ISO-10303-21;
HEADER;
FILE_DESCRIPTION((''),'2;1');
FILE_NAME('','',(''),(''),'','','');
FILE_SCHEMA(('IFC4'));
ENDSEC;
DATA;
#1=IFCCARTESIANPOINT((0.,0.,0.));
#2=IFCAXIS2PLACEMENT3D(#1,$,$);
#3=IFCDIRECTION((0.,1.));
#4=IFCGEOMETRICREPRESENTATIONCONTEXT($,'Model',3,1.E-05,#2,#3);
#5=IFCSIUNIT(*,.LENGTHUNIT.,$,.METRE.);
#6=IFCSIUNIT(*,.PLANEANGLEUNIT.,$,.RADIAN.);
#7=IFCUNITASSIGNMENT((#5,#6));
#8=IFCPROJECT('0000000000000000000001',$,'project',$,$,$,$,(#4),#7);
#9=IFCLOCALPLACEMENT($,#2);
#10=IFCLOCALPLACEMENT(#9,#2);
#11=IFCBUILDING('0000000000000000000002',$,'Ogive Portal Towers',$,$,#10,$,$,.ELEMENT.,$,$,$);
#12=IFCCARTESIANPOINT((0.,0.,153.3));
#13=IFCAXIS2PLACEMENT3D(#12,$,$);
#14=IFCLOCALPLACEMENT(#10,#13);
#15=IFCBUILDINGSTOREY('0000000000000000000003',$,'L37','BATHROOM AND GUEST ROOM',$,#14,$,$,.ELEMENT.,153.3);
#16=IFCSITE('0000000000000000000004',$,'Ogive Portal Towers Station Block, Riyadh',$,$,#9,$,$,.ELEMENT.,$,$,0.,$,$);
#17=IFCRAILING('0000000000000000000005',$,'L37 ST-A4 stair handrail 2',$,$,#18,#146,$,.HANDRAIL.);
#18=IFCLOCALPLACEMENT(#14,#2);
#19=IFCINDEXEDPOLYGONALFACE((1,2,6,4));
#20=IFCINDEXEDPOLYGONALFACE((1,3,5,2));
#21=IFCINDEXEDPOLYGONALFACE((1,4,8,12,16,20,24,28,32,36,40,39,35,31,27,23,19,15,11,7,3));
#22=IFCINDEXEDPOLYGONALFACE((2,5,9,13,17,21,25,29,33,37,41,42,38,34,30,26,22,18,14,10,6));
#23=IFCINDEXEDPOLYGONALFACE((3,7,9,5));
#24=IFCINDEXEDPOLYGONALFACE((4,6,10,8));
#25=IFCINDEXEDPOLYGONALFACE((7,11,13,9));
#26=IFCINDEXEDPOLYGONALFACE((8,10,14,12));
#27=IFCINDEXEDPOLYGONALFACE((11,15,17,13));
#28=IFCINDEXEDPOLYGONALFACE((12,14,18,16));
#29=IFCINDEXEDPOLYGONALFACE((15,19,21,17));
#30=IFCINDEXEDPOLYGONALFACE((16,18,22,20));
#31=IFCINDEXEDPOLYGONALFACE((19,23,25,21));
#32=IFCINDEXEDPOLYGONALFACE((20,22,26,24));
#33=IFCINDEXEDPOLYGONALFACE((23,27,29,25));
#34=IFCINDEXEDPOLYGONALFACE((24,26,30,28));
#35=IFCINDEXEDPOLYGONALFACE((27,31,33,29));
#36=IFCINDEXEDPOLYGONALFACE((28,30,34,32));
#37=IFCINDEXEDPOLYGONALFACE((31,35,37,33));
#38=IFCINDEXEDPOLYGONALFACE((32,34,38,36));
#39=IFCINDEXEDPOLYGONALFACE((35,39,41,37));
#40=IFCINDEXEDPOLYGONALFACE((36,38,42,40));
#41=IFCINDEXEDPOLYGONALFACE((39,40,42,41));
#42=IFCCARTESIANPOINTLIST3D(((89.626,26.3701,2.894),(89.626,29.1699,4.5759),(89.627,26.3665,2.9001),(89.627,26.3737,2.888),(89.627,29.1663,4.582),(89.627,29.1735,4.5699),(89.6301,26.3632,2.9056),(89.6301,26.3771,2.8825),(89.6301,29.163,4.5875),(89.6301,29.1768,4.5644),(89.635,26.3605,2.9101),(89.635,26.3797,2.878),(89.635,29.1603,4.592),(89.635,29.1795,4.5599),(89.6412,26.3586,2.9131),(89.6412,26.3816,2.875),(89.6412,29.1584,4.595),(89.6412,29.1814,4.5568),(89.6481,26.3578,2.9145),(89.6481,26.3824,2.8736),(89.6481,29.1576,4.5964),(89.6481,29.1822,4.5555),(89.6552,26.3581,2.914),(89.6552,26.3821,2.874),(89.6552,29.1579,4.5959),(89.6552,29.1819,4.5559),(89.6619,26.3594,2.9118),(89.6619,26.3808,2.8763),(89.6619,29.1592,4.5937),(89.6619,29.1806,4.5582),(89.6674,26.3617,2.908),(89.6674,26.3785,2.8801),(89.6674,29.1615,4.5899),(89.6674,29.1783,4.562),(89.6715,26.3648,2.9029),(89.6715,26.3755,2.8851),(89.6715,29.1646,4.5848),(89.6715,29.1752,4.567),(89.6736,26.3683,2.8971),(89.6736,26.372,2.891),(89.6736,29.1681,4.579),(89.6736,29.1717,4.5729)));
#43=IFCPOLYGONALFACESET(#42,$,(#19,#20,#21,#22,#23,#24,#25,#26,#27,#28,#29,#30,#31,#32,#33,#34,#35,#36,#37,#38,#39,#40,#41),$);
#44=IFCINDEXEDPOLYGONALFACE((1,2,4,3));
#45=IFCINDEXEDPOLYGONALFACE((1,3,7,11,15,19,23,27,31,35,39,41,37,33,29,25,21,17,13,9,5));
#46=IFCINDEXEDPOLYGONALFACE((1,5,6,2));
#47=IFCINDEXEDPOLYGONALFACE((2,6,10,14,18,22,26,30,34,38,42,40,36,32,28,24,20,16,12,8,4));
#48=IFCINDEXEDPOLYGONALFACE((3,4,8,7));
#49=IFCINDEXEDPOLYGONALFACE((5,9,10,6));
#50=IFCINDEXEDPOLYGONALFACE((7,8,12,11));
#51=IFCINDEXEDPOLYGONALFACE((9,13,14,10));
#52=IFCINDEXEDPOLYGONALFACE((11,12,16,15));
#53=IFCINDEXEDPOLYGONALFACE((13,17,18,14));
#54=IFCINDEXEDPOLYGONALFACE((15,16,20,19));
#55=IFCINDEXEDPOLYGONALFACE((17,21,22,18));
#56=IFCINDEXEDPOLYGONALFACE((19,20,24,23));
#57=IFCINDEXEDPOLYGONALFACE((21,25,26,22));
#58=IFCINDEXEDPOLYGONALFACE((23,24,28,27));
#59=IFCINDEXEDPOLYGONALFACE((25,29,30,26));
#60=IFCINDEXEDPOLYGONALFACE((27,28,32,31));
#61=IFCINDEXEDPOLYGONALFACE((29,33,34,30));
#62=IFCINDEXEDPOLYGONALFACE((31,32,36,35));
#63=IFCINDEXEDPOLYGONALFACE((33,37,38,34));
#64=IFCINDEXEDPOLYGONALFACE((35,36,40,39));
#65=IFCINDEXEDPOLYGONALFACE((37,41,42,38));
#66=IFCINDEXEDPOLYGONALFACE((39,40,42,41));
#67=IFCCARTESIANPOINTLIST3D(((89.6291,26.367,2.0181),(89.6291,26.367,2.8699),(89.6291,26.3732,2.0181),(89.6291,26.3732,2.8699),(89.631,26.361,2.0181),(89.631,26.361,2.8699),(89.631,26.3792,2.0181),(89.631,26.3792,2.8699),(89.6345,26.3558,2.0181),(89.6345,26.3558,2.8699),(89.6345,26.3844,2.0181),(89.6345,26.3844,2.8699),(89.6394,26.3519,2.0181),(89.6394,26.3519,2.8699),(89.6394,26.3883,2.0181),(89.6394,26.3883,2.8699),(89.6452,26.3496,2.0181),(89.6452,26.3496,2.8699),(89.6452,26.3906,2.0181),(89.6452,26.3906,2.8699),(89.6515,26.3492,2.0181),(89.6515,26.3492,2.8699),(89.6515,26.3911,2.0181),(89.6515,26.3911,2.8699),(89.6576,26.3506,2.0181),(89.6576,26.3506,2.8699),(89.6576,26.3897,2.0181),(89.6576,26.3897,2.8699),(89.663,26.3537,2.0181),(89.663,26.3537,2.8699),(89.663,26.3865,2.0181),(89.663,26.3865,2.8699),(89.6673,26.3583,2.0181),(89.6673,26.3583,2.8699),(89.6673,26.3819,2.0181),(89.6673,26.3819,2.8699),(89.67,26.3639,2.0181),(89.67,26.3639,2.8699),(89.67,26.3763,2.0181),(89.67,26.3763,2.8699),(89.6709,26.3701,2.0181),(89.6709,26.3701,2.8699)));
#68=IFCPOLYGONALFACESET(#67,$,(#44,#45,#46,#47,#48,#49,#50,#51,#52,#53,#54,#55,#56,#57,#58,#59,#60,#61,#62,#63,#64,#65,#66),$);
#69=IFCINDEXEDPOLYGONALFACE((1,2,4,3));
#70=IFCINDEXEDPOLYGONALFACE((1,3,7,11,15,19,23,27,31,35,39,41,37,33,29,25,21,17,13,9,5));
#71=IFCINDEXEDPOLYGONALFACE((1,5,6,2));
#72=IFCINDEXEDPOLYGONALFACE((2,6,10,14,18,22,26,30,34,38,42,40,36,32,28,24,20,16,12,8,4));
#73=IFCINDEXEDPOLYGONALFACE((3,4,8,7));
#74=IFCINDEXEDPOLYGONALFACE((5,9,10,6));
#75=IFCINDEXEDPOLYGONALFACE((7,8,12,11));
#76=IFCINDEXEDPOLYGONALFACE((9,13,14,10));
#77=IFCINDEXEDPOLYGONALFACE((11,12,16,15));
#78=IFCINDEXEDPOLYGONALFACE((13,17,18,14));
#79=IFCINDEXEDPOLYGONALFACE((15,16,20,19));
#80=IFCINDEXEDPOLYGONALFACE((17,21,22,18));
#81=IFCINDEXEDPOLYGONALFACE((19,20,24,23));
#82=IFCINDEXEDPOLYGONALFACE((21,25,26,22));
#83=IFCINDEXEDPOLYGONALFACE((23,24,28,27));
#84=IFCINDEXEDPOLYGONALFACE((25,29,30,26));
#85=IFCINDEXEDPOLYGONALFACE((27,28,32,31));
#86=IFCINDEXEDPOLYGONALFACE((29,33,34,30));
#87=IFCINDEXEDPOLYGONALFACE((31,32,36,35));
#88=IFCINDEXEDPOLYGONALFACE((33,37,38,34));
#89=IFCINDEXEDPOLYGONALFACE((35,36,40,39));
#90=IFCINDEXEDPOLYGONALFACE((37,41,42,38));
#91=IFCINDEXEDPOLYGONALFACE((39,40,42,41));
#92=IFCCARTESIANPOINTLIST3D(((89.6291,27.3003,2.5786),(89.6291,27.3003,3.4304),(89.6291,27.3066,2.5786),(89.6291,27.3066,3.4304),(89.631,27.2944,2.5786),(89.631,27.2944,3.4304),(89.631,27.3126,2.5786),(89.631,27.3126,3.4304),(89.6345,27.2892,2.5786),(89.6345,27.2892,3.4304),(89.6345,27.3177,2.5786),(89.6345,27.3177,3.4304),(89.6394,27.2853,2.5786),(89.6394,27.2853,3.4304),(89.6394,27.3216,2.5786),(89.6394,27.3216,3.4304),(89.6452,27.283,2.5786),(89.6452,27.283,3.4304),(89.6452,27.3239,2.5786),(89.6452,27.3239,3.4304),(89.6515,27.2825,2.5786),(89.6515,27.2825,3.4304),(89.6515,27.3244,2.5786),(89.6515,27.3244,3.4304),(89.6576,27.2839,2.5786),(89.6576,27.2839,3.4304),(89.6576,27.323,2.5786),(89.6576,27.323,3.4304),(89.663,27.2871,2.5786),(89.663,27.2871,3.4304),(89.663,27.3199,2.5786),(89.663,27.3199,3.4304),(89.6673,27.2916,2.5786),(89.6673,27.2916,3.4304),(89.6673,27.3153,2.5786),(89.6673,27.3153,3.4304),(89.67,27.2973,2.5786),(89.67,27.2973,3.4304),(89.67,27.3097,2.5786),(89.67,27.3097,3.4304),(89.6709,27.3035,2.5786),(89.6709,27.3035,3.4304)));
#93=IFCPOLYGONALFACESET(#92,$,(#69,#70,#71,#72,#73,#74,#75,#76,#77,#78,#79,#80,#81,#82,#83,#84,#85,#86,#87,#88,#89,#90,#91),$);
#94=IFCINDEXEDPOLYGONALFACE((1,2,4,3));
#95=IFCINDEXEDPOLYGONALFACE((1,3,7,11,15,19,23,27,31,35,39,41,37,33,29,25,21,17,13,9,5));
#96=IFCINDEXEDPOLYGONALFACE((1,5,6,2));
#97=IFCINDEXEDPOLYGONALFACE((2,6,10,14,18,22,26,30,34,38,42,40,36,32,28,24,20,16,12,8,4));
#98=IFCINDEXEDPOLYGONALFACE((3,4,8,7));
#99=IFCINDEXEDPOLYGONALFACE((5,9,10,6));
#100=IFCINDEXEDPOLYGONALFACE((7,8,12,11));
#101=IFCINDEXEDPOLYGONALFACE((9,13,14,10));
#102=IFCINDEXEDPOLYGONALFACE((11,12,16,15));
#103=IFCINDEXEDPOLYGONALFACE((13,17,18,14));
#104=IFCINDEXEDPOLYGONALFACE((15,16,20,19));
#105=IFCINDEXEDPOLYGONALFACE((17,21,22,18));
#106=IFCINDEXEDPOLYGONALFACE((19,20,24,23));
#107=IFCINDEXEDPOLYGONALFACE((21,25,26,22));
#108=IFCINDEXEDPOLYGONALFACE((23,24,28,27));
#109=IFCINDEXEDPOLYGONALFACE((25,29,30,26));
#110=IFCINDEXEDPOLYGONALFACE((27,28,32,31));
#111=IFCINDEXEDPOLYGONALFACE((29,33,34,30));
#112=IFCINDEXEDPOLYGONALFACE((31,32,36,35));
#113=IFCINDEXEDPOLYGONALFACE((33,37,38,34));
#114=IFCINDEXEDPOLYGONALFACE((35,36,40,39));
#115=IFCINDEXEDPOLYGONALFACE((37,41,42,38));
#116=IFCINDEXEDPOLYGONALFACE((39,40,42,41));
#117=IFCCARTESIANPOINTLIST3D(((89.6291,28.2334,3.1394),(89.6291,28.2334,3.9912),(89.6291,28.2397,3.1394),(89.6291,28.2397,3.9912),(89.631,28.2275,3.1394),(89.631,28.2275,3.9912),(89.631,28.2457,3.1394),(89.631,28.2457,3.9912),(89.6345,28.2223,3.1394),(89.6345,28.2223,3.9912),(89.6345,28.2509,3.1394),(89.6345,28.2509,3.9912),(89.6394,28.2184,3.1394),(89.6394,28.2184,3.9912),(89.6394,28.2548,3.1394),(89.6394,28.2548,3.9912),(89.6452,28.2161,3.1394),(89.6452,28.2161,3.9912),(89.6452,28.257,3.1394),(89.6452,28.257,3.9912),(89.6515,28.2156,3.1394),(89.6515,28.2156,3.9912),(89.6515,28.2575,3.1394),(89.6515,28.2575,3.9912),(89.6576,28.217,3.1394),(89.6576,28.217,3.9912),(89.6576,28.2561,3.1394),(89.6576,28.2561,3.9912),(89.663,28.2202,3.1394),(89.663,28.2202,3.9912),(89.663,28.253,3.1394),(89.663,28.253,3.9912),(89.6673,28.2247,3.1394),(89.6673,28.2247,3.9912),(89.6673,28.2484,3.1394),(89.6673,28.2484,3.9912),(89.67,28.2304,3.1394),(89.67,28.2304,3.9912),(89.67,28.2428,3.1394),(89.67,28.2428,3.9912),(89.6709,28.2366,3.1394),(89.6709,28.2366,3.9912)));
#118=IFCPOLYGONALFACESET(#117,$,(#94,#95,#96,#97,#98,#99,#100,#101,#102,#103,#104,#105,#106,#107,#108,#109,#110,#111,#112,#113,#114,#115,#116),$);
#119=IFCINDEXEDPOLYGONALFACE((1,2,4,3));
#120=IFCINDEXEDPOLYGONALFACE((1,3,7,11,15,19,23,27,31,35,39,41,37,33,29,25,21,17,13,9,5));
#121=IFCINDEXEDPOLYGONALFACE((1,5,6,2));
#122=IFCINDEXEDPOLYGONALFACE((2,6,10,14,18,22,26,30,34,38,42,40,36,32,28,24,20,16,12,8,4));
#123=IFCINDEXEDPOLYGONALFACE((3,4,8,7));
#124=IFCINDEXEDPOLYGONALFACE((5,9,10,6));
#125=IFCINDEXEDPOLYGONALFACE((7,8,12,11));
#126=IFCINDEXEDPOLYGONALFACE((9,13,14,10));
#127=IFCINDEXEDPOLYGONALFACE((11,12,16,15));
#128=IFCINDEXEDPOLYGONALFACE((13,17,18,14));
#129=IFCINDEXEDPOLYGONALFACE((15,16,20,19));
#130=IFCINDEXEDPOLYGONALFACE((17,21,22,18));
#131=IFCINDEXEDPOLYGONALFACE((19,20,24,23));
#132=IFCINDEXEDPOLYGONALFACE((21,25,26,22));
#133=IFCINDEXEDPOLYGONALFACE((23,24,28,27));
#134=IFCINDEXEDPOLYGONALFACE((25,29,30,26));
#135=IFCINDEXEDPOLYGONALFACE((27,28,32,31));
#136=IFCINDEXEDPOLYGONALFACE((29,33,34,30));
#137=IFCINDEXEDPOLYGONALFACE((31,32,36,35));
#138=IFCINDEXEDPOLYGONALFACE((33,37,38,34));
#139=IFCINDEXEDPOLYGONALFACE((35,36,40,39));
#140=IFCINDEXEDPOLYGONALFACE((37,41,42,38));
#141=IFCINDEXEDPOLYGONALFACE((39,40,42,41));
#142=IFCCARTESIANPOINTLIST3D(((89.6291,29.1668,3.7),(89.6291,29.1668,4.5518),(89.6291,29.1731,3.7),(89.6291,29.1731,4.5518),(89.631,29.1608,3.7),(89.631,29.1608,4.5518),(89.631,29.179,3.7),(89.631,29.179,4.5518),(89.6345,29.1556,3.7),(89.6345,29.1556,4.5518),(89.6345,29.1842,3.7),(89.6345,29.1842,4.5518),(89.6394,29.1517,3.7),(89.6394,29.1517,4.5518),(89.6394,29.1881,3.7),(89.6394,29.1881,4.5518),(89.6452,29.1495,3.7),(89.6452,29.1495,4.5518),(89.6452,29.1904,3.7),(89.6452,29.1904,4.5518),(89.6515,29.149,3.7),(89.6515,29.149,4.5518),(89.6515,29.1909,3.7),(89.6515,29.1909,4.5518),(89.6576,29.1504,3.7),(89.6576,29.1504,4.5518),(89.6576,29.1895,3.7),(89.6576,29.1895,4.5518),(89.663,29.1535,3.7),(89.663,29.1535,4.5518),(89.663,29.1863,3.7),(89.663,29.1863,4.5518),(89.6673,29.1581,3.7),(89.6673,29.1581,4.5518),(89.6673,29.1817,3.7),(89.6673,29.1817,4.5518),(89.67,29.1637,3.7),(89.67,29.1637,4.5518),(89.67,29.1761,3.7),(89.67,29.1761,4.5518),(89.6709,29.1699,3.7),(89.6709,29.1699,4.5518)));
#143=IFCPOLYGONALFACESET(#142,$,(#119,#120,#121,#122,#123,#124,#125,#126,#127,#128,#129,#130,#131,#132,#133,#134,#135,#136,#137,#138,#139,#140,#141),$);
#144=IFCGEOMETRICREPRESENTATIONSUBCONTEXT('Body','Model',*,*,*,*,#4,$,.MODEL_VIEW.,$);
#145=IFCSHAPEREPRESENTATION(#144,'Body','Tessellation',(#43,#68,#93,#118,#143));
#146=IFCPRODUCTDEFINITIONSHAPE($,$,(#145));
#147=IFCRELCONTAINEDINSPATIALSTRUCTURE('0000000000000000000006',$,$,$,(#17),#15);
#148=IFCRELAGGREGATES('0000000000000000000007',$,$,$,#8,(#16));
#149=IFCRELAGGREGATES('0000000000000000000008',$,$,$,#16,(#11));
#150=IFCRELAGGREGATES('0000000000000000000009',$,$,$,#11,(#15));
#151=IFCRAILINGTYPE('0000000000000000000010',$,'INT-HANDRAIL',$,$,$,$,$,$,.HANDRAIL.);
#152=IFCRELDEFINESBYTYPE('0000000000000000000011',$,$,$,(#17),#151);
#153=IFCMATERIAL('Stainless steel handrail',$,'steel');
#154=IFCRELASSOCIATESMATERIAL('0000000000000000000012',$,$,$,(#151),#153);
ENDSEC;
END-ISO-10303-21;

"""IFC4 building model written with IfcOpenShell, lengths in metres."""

from ifc_helpers import new_model, si_unit, direction, frame, origin, origin_2d, place, context, subcontext, project, spatial, circle, extrude, material, type_object, element, save


model = new_model("IFC4")

# Units and contexts
model_context = context("Model", 3, precision=1e-05, world=origin(), true_north=direction((0.0, 1.0)))
body_context = subcontext(model_context, "Body", "Model", "MODEL_VIEW")
ifc_project = project(units=[si_unit("LENGTHUNIT", "METRE"), si_unit("PLANEANGLEUNIT", "RADIAN")], contexts=[model_context])

# Site, building, storey
site_placement = place(None, origin())
site = spatial("IfcSite", under=ifc_project, at=site_placement, Name="Ogive Portal Towers Station Block, Riyadh", CompositionType="ELEMENT", RefElevation=0.0)
building_placement = place(site_placement, origin())
building = spatial("IfcBuilding", under=site, at=building_placement, Name="Ogive Portal Towers", CompositionType="ELEMENT")
storey_placement = place(building_placement, frame((0.0, 0.0, 153.3)))
storey = spatial("IfcBuildingStorey", under=building, at=storey_placement, Name="L37", Description="BATHROOM AND GUEST ROOM", CompositionType="ELEMENT", Elevation=153.3)

# Railing
ifc_material_1 = material(Name="Stainless steel handrail", Category="steel")
railing_type_1 = type_object("IfcRailingType", Name="INT-HANDRAIL", PredefinedType="HANDRAIL", material=ifc_material_1)
railing_1_placement = place(storey_placement, frame((89.6499, 26.3701, 2.0181)))
element("IfcRailing", 1, at=railing_1_placement, inside=storey, type_object=railing_type_1, Name="L37 ST-A4 stair handrail 2", PredefinedType="HANDRAIL", context=body_context, shape_type="SweptSolid", body=[
    extrude(circle(Radius=0.0239, at=origin_2d()), frame((0.0, 0.0, 0.876), z_axis=(0.0, 0.857222, 0.514946), x_axis=(-1.0, 0.0, 0.0)), (0.0, 0.0, 1.0), 3.2661),
    extrude(circle(Radius=0.021, at=origin_2d()), origin(), (0.0, 0.0, 1.0), 0.8518),
    extrude(circle(Radius=0.021, at=origin_2d()), frame((0.0, 0.9333, 0.5605)), (0.0, 0.0, 1.0), 0.8518),
    extrude(circle(Radius=0.021, at=origin_2d()), frame((0.0, 1.8665, 1.1213)), (0.0, 0.0, 1.0), 0.8518),
    extrude(circle(Radius=0.021, at=origin_2d()), frame((0.0, 2.7998, 1.6819)), (0.0, 0.0, 1.0), 0.8518),
])

save(model, "model.ifc")
